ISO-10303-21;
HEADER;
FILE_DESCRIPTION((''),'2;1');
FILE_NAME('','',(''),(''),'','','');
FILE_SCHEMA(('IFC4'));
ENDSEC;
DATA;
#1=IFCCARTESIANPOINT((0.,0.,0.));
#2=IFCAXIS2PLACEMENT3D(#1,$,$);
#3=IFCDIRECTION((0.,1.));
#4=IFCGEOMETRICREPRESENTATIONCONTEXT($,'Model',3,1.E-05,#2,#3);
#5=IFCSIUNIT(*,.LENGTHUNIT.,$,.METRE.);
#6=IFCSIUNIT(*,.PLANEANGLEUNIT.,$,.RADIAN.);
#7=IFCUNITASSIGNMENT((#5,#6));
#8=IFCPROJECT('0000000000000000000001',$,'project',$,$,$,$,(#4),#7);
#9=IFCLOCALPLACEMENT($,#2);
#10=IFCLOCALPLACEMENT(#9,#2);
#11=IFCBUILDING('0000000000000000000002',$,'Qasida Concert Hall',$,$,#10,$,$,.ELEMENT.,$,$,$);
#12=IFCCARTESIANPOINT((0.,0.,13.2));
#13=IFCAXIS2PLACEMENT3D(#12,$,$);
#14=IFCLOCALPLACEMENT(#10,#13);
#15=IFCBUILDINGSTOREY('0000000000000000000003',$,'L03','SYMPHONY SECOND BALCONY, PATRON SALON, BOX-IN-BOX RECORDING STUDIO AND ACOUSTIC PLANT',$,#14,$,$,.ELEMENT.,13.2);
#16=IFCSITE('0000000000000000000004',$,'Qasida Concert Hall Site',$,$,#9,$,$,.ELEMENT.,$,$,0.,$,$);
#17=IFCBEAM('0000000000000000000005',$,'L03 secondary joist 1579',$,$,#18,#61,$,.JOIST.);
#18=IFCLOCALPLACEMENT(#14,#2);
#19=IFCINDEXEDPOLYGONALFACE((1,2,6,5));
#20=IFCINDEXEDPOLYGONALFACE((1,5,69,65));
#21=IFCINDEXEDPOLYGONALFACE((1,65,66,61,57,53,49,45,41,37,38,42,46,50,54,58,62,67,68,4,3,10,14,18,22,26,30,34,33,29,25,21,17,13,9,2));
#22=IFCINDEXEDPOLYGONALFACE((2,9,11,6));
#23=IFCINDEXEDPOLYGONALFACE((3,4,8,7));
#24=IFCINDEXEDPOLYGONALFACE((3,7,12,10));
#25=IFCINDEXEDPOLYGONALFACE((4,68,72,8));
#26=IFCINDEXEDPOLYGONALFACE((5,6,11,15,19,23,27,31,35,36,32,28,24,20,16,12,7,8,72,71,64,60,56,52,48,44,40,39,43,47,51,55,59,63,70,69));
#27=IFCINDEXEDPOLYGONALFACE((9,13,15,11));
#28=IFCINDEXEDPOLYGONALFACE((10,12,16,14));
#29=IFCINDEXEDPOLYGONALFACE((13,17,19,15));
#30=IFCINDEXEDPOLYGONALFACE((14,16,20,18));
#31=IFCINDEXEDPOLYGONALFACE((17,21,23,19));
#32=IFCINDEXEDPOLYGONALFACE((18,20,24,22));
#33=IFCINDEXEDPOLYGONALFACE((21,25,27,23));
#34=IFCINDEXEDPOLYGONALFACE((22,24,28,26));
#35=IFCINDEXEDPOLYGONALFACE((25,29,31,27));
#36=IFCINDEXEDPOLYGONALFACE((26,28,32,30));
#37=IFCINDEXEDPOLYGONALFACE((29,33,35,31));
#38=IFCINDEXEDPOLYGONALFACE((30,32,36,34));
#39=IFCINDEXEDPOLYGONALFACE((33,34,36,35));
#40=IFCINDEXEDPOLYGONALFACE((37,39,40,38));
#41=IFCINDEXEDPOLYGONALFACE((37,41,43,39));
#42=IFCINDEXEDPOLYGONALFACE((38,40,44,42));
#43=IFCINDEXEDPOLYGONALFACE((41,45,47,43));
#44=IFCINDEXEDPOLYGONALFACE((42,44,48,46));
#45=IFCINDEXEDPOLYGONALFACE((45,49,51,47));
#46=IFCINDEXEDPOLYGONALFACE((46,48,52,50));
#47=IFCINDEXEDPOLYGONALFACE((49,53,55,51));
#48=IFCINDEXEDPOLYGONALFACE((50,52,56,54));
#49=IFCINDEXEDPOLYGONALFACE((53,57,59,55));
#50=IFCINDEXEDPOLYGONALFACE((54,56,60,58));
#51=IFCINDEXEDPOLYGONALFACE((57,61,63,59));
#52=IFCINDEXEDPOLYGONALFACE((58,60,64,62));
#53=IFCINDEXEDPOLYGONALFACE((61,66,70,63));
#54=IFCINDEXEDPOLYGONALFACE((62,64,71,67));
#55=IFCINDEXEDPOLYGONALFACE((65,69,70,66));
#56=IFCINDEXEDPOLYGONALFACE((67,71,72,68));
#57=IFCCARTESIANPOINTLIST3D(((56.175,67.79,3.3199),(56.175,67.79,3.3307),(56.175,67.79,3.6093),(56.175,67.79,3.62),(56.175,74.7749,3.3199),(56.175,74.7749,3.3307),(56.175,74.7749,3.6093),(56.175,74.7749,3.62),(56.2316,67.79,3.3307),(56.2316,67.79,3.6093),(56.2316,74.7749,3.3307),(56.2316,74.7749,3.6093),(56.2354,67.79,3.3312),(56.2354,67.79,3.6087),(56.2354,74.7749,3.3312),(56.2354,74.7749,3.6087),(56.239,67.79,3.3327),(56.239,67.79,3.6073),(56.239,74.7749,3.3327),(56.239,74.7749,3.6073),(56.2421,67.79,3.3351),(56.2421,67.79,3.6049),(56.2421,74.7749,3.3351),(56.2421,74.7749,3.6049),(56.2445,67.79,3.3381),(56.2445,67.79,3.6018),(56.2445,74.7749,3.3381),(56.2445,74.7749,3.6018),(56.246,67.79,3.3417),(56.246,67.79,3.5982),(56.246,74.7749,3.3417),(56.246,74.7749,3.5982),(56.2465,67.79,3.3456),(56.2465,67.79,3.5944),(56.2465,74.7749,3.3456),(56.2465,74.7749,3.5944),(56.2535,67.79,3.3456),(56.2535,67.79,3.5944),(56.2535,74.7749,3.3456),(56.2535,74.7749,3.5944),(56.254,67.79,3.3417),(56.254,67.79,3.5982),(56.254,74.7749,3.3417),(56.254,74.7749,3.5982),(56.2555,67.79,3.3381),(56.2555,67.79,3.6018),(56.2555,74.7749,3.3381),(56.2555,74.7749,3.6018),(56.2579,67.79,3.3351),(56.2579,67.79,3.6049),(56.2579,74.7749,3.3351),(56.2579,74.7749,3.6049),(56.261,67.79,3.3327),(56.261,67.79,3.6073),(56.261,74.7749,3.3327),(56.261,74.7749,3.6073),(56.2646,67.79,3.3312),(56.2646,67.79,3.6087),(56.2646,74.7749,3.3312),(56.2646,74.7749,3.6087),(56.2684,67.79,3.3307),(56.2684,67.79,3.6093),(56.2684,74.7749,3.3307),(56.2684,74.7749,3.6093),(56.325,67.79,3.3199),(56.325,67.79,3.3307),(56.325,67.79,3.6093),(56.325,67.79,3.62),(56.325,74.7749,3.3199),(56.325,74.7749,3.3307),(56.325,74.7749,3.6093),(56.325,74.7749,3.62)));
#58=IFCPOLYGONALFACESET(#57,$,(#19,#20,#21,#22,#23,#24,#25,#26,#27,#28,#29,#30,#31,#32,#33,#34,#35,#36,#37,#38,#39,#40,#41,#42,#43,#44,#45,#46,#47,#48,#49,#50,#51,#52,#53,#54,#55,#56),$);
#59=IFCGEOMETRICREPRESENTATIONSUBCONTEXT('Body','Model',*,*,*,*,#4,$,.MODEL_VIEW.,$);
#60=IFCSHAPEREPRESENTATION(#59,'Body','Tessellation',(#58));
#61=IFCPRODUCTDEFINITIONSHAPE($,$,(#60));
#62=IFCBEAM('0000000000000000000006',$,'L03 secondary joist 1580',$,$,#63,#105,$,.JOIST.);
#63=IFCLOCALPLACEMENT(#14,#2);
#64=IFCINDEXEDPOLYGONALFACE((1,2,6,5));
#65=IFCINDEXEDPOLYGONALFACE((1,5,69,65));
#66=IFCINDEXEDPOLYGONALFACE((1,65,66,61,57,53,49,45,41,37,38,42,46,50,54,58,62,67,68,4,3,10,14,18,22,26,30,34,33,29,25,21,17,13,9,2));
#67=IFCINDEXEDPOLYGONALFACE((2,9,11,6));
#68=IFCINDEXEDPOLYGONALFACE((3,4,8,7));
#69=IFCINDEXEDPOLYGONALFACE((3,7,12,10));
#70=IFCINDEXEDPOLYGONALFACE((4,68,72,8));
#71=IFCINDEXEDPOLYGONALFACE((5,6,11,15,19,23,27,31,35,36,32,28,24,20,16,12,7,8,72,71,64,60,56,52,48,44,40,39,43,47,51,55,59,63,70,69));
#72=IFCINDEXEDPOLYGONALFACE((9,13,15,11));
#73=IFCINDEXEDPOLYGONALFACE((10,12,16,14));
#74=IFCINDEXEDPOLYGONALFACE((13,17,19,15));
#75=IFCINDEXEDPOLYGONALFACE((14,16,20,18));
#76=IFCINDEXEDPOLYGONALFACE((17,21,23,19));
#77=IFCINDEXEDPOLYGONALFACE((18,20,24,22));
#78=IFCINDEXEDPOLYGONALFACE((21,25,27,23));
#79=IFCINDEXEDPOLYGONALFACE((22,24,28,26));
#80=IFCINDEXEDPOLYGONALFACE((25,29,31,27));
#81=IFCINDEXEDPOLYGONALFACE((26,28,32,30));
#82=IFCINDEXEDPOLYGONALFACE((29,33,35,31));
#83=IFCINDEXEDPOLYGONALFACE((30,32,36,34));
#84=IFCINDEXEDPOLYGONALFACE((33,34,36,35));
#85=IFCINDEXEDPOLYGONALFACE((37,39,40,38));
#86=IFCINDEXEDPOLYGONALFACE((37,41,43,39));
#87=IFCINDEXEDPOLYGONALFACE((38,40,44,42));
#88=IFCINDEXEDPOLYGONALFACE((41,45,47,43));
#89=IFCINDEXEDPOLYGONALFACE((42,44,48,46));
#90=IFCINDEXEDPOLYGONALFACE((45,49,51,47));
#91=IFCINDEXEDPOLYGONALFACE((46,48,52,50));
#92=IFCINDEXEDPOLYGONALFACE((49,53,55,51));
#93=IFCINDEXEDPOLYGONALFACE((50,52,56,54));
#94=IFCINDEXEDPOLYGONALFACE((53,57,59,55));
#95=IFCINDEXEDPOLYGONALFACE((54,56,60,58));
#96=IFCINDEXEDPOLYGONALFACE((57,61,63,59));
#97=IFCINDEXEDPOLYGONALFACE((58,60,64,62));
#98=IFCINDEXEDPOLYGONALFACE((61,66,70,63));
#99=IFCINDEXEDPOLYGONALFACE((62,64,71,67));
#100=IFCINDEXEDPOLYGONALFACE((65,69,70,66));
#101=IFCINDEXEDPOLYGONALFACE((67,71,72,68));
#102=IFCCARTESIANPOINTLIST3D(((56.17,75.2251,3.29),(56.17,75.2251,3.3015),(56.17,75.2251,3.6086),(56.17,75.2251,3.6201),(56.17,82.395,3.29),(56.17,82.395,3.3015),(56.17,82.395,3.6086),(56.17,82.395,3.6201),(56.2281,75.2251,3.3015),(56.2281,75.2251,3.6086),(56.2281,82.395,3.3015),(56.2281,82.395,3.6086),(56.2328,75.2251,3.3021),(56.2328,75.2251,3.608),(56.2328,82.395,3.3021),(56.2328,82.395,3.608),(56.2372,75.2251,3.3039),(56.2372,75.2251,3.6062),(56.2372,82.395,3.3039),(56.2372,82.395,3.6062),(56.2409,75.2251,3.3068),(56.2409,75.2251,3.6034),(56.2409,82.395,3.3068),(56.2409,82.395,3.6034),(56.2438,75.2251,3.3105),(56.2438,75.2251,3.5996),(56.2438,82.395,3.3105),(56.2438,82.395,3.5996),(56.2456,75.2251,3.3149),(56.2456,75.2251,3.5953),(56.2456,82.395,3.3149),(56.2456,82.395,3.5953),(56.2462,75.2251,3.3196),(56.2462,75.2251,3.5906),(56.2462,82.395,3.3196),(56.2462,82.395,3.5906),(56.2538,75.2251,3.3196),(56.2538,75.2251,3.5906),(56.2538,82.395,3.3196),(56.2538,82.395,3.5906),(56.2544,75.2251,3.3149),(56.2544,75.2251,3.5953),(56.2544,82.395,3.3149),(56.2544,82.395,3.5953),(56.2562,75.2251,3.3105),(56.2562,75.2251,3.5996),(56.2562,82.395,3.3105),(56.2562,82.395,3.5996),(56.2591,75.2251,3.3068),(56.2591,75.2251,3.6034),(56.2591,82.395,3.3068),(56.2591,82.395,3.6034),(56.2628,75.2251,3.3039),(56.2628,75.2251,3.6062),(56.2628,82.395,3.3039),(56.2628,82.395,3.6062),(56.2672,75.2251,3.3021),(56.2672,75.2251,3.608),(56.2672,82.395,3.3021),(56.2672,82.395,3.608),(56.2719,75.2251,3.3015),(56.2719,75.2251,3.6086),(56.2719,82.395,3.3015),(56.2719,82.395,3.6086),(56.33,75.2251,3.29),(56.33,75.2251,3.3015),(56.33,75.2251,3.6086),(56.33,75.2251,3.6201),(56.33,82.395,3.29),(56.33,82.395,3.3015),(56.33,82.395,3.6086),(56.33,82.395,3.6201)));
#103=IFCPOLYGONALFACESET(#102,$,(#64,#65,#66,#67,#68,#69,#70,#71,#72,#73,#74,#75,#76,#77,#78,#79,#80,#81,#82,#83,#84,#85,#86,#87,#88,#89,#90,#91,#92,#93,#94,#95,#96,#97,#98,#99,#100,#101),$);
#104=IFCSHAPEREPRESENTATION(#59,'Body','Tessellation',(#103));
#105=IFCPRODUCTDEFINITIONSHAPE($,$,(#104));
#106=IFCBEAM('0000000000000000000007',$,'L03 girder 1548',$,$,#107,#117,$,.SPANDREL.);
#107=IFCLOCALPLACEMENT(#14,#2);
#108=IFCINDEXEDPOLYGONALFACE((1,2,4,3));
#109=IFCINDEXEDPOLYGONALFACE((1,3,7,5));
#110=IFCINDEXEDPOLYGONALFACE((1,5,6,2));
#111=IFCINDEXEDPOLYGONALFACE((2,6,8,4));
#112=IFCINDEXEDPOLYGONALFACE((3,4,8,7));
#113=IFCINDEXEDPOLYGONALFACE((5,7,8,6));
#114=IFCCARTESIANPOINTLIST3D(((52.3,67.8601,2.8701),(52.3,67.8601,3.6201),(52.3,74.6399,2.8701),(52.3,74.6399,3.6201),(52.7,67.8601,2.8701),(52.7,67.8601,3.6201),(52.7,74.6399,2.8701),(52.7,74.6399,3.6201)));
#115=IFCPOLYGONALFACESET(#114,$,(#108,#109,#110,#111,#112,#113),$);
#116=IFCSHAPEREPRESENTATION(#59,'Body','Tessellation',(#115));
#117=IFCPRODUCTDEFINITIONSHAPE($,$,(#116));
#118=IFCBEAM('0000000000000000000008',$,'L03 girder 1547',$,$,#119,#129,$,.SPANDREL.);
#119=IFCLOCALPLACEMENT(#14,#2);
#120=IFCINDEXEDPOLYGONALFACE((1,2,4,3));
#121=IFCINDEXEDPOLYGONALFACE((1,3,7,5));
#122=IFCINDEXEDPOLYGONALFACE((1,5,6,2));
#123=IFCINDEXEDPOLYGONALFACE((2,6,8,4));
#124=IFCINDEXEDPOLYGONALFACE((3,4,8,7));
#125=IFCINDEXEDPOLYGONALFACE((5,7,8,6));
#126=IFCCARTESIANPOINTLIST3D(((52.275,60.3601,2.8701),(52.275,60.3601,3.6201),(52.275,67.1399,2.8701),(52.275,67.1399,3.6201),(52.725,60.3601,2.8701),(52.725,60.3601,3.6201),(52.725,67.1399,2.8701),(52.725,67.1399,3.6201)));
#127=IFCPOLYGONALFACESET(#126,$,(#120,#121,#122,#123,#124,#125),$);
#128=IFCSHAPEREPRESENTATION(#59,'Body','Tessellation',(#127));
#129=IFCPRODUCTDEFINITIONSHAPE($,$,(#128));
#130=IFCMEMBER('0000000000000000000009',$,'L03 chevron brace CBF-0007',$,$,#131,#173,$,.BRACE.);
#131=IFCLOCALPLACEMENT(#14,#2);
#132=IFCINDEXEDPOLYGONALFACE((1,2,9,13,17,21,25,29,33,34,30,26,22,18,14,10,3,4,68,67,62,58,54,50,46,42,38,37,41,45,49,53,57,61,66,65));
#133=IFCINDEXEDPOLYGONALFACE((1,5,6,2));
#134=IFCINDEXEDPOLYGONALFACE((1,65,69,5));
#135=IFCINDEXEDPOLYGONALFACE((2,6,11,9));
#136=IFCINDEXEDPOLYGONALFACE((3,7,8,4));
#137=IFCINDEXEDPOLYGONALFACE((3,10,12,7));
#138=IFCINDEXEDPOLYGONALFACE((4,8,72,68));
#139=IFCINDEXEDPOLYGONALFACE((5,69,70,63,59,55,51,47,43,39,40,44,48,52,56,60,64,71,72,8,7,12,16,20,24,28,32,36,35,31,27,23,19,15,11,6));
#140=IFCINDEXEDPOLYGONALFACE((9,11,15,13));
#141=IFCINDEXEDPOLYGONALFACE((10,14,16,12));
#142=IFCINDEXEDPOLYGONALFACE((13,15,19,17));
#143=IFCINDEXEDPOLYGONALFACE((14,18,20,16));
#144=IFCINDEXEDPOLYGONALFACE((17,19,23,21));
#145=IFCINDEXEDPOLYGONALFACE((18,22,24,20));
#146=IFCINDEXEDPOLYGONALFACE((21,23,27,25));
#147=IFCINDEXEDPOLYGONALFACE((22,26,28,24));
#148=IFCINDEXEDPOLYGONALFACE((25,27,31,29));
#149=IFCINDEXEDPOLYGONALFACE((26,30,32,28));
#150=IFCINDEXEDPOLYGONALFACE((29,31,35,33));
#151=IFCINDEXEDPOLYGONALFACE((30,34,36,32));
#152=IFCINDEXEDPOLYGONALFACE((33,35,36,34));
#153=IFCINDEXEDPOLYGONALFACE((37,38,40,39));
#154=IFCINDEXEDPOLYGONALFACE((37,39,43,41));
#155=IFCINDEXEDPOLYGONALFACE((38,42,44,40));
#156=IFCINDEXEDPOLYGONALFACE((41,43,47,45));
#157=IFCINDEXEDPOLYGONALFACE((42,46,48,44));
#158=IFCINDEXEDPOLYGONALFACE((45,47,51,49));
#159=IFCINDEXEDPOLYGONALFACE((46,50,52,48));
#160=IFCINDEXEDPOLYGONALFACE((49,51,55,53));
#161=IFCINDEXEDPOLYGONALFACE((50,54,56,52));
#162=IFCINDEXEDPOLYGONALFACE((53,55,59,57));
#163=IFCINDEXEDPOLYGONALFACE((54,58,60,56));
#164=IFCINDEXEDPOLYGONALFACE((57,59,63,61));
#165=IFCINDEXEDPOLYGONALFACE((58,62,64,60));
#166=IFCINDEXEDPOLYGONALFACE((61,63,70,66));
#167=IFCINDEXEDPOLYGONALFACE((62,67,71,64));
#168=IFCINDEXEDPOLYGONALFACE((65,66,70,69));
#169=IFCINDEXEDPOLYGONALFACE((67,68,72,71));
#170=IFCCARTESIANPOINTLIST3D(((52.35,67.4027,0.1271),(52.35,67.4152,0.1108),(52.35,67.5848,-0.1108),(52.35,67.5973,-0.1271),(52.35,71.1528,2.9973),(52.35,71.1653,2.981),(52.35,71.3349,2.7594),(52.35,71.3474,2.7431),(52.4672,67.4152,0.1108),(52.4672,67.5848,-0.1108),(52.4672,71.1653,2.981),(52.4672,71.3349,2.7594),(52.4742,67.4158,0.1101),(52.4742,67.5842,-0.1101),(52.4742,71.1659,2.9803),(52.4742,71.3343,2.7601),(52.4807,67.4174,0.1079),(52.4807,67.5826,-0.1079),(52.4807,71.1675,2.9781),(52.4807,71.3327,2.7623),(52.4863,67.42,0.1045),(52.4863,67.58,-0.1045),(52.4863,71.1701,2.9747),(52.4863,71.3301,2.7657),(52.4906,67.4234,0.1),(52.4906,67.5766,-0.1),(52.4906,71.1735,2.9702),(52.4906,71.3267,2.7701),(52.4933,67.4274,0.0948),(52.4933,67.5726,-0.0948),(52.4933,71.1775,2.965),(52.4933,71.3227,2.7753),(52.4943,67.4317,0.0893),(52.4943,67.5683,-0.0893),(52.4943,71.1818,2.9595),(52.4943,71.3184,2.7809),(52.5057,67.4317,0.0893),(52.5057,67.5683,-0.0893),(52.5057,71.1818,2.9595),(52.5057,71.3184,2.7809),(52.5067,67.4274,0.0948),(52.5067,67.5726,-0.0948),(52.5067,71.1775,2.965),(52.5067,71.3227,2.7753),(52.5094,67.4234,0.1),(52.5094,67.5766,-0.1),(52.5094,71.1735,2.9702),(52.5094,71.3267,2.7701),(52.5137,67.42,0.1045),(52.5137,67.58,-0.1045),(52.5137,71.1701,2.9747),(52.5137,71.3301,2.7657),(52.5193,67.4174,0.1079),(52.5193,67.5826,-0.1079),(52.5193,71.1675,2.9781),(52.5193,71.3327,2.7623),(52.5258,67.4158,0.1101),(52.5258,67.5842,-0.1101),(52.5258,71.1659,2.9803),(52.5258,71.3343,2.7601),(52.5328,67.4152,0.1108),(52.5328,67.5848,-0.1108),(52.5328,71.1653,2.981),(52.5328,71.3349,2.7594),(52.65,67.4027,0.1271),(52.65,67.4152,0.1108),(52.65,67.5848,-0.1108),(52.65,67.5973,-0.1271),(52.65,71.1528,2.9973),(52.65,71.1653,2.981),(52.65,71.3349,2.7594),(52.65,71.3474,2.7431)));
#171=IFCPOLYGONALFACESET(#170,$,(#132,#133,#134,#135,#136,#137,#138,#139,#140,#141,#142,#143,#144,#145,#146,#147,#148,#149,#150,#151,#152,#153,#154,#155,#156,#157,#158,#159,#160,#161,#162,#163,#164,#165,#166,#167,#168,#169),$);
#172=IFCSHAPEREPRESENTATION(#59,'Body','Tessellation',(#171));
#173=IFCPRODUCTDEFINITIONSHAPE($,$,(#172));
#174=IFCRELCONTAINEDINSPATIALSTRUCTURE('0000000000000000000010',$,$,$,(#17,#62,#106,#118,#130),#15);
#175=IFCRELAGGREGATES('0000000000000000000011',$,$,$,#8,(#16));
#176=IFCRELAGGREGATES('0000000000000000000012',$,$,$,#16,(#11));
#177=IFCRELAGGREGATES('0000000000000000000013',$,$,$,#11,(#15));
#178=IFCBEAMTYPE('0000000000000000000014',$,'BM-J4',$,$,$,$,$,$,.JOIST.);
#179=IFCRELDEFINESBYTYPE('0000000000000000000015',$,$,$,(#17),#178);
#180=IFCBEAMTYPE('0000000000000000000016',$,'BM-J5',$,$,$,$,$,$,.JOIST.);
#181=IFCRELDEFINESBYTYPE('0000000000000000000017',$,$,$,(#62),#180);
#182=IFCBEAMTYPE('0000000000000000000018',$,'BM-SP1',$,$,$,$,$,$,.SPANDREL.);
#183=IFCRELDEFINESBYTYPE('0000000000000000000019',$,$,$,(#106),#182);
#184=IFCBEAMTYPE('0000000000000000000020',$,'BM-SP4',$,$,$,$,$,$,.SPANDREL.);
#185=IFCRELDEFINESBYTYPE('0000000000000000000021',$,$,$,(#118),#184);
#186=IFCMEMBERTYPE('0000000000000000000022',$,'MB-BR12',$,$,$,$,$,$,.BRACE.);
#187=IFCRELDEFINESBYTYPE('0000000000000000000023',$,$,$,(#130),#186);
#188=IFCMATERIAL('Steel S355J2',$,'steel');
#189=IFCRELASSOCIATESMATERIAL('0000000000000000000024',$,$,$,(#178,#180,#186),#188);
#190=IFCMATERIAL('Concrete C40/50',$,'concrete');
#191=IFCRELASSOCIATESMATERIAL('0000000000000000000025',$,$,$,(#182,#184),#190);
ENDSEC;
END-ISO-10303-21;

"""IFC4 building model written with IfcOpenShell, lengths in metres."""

from ifc_helpers import new_model, si_unit, direction, frame, origin, origin_2d, place, context, subcontext, project, spatial, rectangle, i_section, extrude, material, material_profile, profile_set, type_object, element, save


model = new_model("IFC4")

# Units and contexts
model_context = context("Model", 3, precision=1e-05, world=origin(), true_north=direction((0.0, 1.0)))
body_context = subcontext(model_context, "Body", "Model", "MODEL_VIEW")
ifc_project = project(units=[si_unit("LENGTHUNIT", "METRE"), si_unit("PLANEANGLEUNIT", "RADIAN")], contexts=[model_context])

# Site, building, storey
site_placement = place(None, origin())
site = spatial("IfcSite", under=ifc_project, at=site_placement, Name="Qasida Concert Hall Site", CompositionType="ELEMENT", RefElevation=0.0)
building_placement = place(site_placement, origin())
building = spatial("IfcBuilding", under=site, at=building_placement, Name="Qasida Concert Hall", CompositionType="ELEMENT")
storey_placement = place(building_placement, frame((0.0, 0.0, 13.2)))
storey = spatial("IfcBuildingStorey", under=building, at=storey_placement, Name="L03", Description="SYMPHONY SECOND BALCONY, PATRON SALON, BOX-IN-BOX RECORDING STUDIO AND ACOUSTIC PLANT", CompositionType="ELEMENT", Elevation=13.2)

# Beams
ifc_material_1 = material(Name="Concrete C40/50", Category="concrete")
ifc_material_2 = material(Name="Steel S355J2", Category="steel")
ifc_material_profile_1 = material_profile(ifc_material_2, i_section(OverallWidth=0.1499, OverallDepth=0.3, WebThickness=0.0071, FlangeThickness=0.0107, FilletRadius=0.0149, at=origin_2d()), Name="IPE 300")
ifc_profile_set_1 = profile_set([ifc_material_profile_1], Name="Steel S355J2")
beam_type_1 = type_object("IfcBeamType", Name="BM-J4", PredefinedType="JOIST", material=ifc_profile_set_1)
beam_1_placement = place(storey_placement, frame((56.25, 67.79, 3.47), z_axis=(0.0, 1.0, 0.0), x_axis=(-1.0, 0.0, 0.0)))
element("IfcBeam", 1, at=beam_1_placement, inside=storey, type_object=beam_type_1, Name="L03 secondary joist 1579", PredefinedType="JOIST", context=body_context, shape_type="SweptSolid", body=[
    extrude(i_section(OverallWidth=0.1499, OverallDepth=0.3, WebThickness=0.0071, FlangeThickness=0.0107, FilletRadius=0.0149, at=origin_2d()), origin(), (0.0, 0.0, 1.0), 6.9849),
])
ifc_material_profile_2 = material_profile(ifc_material_2, i_section(OverallWidth=0.1599, OverallDepth=0.3301, WebThickness=0.0076, FlangeThickness=0.0115, FilletRadius=0.0181, at=origin_2d()), Name="IPE 330")
ifc_profile_set_2 = profile_set([ifc_material_profile_2], Name="Steel S355J2")
beam_type_2 = type_object("IfcBeamType", Name="BM-J5", PredefinedType="JOIST", material=ifc_profile_set_2)
beam_2_placement = place(storey_placement, frame((56.25, 75.2251, 3.4551), z_axis=(0.0, 1.0, 0.0), x_axis=(-1.0, 0.0, 0.0)))
element("IfcBeam", 2, at=beam_2_placement, inside=storey, type_object=beam_type_2, Name="L03 secondary joist 1580", PredefinedType="JOIST", context=body_context, shape_type="SweptSolid", body=[
    extrude(i_section(OverallWidth=0.1599, OverallDepth=0.3301, WebThickness=0.0076, FlangeThickness=0.0115, FilletRadius=0.0181, at=origin_2d()), origin(), (0.0, 0.0, 1.0), 7.1699),
])
ifc_material_profile_3 = material_profile(ifc_material_1, rectangle(XDim=0.3999, YDim=0.75, at=origin_2d()), Name="RC 400x750")
ifc_profile_set_3 = profile_set([ifc_material_profile_3], Name="Concrete C40/50")
beam_type_3 = type_object("IfcBeamType", Name="BM-SP1", PredefinedType="SPANDREL", material=ifc_profile_set_3)
beam_3_placement = place(storey_placement, frame((52.5, 67.8601, 3.2451), z_axis=(0.0, 1.0, 0.0), x_axis=(-1.0, 0.0, 0.0)))
element("IfcBeam", 3, at=beam_3_placement, inside=storey, type_object=beam_type_3, Name="L03 girder 1548", PredefinedType="SPANDREL", context=body_context, shape_type="SweptSolid", body=[
    extrude(rectangle(XDim=0.3999, YDim=0.75, at=origin_2d()), origin(), (0.0, 0.0, 1.0), 6.7798),
])
ifc_material_profile_4 = material_profile(ifc_material_1, rectangle(XDim=0.45, YDim=0.75, at=origin_2d()), Name="RC 450x750")
ifc_profile_set_4 = profile_set([ifc_material_profile_4], Name="Concrete C40/50")
beam_type_4 = type_object("IfcBeamType", Name="BM-SP4", PredefinedType="SPANDREL", material=ifc_profile_set_4)
beam_4_placement = place(storey_placement, frame((52.5, 60.3601, 3.2451), z_axis=(0.0, 1.0, 0.0), x_axis=(-1.0, 0.0, 0.0)))
element("IfcBeam", 4, at=beam_4_placement, inside=storey, type_object=beam_type_4, Name="L03 girder 1547", PredefinedType="SPANDREL", context=body_context, shape_type="SweptSolid", body=[
    extrude(rectangle(XDim=0.45, YDim=0.75, at=origin_2d()), origin(), (0.0, 0.0, 1.0), 6.7798),
])

# Member
ifc_material_profile_5 = material_profile(ifc_material_2, i_section(OverallWidth=0.3, OverallDepth=0.3201, WebThickness=0.0115, FlangeThickness=0.0205, FilletRadius=0.0271, at=origin_2d()), Name="HEB 320")
ifc_profile_set_5 = profile_set([ifc_material_profile_5], Name="Steel S355J2")
member_type_1 = type_object("IfcMemberType", Name="MB-BR12", PredefinedType="BRACE", material=ifc_profile_set_5)
for number, where, z_axis, x_axis, name in (
    (5, (52.5, 67.5, 0.0), (0.0, 0.794105, 0.60778), (-1.0, 0.0, 0.0), "L03 chevron brace CBF-0007"),
):
    element("IfcMember", number, at=place(storey_placement, frame(where, z_axis=z_axis, x_axis=x_axis)), inside=storey, type_object=member_type_1, Name=name, PredefinedType="BRACE", context=body_context, shape_type="SweptSolid", body=[
        extrude(i_section(OverallWidth=0.3, OverallDepth=0.3201, WebThickness=0.0115, FlangeThickness=0.0205, FilletRadius=0.0271, at=origin_2d()), origin(), (0.0, 0.0, 1.0), 4.7224),
    ])

save(model, "model.ifc")
